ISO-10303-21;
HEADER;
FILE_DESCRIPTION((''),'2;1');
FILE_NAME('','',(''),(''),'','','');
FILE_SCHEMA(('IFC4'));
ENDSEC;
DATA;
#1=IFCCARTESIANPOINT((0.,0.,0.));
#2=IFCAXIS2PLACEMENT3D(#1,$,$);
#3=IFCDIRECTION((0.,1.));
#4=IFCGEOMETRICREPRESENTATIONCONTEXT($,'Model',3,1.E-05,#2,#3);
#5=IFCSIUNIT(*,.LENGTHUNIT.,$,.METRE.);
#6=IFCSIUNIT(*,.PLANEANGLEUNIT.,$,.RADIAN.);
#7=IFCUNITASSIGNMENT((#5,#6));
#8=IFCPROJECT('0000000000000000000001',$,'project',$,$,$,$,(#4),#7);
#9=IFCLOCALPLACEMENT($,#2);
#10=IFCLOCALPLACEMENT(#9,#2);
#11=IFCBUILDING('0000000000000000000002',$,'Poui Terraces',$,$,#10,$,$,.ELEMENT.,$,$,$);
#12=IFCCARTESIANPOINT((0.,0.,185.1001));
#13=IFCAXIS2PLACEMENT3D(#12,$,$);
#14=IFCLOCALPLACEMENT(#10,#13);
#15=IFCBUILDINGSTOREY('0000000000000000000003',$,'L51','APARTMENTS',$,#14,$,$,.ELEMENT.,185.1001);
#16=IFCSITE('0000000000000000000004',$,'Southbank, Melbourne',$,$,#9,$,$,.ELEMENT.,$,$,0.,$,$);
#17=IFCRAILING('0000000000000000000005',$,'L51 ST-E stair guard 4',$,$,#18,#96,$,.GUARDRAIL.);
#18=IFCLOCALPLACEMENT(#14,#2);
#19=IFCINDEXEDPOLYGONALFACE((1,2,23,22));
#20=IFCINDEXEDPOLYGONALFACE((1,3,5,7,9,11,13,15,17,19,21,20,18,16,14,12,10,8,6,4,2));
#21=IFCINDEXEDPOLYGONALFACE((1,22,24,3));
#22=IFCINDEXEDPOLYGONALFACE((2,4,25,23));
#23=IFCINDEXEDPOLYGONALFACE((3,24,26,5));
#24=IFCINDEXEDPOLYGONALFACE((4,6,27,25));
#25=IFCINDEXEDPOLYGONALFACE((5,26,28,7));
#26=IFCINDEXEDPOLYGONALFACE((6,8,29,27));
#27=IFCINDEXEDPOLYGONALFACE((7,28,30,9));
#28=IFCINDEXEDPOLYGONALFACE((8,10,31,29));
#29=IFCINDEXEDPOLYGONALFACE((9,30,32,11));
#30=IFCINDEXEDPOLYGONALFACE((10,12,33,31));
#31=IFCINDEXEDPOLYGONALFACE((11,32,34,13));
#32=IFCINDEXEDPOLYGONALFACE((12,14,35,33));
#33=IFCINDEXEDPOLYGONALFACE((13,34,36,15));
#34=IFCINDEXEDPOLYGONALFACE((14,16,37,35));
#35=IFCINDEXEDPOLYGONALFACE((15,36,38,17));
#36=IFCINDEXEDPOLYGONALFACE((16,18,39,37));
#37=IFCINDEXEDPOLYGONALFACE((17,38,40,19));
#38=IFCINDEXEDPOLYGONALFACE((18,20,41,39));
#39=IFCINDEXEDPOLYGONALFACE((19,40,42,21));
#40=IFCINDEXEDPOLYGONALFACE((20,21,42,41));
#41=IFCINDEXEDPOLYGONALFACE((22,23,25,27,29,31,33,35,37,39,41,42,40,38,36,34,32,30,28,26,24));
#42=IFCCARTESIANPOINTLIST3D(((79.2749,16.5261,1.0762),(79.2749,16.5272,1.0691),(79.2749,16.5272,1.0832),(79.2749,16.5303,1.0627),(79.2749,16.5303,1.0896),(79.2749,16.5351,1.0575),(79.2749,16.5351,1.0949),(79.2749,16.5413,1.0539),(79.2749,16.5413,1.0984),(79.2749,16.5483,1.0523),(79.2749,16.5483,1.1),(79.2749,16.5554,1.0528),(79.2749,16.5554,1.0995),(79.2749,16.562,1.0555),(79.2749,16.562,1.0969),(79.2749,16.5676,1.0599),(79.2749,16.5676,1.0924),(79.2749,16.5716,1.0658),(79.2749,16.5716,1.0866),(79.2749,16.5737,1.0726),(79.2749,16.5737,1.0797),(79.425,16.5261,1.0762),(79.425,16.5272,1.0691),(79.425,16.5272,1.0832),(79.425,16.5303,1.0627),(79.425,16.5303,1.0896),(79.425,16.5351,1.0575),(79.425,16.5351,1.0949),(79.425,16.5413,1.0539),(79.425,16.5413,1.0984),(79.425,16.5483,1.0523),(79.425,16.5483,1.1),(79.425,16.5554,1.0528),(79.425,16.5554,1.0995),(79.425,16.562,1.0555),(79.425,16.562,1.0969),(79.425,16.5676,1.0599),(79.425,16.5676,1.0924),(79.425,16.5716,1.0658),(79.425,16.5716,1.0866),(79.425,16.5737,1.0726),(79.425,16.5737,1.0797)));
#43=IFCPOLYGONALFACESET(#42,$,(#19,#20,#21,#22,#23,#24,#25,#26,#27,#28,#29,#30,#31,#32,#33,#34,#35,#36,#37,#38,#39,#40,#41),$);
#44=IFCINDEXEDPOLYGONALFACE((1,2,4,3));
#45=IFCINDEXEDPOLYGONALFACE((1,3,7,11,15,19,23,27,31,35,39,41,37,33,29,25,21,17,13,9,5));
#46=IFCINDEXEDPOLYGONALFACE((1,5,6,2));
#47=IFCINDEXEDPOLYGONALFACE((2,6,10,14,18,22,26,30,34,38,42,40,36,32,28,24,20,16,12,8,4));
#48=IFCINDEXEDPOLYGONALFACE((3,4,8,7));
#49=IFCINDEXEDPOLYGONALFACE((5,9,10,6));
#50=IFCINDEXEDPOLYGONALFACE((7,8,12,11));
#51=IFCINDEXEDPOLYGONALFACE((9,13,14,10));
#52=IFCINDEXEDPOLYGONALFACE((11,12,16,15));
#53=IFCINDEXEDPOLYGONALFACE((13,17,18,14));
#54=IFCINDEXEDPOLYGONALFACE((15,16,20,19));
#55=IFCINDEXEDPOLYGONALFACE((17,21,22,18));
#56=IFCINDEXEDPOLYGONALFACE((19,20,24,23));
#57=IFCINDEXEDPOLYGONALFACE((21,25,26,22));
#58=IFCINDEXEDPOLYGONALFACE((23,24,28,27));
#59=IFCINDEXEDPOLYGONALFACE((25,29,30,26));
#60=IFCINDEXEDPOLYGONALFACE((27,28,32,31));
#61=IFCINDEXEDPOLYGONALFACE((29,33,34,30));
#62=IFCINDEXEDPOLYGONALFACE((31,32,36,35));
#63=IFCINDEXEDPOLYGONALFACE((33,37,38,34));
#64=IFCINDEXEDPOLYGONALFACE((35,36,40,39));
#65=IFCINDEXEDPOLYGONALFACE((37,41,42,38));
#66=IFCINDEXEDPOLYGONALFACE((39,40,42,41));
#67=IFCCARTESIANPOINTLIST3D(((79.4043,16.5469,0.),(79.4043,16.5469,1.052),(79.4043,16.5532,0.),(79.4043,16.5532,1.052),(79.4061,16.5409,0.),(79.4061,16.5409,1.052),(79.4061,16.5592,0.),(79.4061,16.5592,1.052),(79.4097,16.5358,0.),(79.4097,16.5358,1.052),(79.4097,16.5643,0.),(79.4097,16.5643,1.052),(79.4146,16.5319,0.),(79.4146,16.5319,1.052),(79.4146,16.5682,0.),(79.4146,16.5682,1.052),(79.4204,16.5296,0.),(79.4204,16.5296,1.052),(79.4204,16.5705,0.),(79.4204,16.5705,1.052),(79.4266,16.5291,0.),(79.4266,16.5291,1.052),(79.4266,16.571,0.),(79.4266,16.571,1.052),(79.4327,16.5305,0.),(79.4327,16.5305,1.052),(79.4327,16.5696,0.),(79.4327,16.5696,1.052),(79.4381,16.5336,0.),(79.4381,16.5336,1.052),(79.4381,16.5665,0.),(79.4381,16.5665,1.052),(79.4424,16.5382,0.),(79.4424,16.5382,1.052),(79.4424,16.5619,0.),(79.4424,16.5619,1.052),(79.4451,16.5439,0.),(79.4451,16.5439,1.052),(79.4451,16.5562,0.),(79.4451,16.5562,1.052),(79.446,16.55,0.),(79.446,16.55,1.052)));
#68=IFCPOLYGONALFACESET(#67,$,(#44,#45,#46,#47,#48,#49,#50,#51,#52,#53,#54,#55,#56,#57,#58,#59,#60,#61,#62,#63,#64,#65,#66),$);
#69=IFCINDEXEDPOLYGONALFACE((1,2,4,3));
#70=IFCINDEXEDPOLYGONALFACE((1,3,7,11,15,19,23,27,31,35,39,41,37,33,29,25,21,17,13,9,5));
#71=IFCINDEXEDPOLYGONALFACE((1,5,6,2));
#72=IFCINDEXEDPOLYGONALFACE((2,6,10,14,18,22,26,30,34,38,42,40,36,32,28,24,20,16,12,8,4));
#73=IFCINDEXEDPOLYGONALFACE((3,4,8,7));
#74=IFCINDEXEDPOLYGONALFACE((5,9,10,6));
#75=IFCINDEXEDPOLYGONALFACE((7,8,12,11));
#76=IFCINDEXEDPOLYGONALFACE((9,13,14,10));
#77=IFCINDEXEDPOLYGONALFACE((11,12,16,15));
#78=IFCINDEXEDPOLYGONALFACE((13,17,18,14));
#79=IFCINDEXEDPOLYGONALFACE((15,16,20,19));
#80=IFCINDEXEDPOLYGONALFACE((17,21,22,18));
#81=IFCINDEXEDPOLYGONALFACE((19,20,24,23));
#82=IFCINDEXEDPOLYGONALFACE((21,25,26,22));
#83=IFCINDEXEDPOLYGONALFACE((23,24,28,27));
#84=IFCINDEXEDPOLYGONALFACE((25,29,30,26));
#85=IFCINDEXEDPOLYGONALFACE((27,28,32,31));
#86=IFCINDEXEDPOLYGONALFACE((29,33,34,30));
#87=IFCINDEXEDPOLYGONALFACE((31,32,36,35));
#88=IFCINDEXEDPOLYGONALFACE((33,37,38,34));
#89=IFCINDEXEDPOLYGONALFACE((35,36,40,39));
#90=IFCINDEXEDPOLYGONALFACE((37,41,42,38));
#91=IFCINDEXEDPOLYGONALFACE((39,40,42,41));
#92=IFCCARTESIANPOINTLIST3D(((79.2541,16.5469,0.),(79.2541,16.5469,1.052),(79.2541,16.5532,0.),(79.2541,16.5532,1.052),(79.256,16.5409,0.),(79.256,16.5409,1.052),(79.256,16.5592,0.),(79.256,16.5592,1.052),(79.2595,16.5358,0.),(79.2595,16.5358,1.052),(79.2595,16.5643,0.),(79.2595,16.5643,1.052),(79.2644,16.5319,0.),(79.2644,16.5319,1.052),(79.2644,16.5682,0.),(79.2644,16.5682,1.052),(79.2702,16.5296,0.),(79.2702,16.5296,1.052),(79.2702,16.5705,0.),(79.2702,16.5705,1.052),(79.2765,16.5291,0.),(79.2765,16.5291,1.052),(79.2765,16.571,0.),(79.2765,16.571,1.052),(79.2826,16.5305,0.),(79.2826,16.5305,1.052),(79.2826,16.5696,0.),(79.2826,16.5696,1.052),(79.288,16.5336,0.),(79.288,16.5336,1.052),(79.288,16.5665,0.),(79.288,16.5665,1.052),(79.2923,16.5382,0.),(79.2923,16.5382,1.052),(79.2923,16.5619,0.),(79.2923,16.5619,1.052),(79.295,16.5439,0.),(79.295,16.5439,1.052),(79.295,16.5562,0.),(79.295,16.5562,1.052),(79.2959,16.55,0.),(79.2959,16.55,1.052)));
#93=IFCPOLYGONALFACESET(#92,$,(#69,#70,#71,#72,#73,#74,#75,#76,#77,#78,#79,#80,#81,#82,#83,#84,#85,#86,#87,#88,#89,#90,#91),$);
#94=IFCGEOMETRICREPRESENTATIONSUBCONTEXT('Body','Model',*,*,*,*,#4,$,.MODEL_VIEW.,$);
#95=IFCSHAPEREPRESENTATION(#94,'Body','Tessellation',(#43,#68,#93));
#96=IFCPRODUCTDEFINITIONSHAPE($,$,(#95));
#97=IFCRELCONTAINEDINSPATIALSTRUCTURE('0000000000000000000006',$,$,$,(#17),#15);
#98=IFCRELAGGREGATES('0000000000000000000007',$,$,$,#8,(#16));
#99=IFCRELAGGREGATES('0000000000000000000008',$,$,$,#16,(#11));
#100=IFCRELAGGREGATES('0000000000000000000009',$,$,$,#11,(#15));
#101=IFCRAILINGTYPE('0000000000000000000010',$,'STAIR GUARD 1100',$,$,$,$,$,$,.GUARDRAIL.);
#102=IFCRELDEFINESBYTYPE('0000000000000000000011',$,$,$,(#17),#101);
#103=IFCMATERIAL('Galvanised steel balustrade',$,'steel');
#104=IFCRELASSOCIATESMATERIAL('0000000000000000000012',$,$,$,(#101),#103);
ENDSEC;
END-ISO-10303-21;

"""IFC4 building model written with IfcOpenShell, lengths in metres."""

from ifc_helpers import new_model, si_unit, direction, frame, origin, origin_2d, place, context, subcontext, project, spatial, circle, extrude, material, type_object, element, save


model = new_model("IFC4")

# Units and contexts
model_context = context("Model", 3, precision=1e-05, world=origin(), true_north=direction((0.0, 1.0)))
body_context = subcontext(model_context, "Body", "Model", "MODEL_VIEW")
ifc_project = project(units=[si_unit("LENGTHUNIT", "METRE"), si_unit("PLANEANGLEUNIT", "RADIAN")], contexts=[model_context])

# Site, building, storey
site_placement = place(None, origin())
site = spatial("IfcSite", under=ifc_project, at=site_placement, Name="Southbank, Melbourne", CompositionType="ELEMENT", RefElevation=0.0)
building_placement = place(site_placement, origin())
building = spatial("IfcBuilding", under=site, at=building_placement, Name="Poui Terraces", CompositionType="ELEMENT")
storey_placement = place(building_placement, frame((0.0, 0.0, 185.1001)))
storey = spatial("IfcBuildingStorey", under=building, at=storey_placement, Name="L51", Description="APARTMENTS", CompositionType="ELEMENT", Elevation=185.1001)

# Railing
ifc_material_1 = material(Name="Galvanised steel balustrade", Category="steel")
railing_type_1 = type_object("IfcRailingType", Name="STAIR GUARD 1100", PredefinedType="GUARDRAIL", material=ifc_material_1)
railing_1_placement = place(storey_placement, frame((79.425, 16.55, 0.0)))
element("IfcRailing", 1, at=railing_1_placement, inside=storey, type_object=railing_type_1, Name="L51 ST-E stair guard 4", PredefinedType="GUARDRAIL", context=body_context, shape_type="SweptSolid", body=[
    extrude(circle(Radius=0.0239, at=origin_2d()), frame((0.0, 0.0, 1.0762), z_axis=(-1.0, 0.0, 0.0), x_axis=(0.0, -1.0, 0.0)), (0.0, 0.0, 1.0), 0.1501),
    extrude(circle(Radius=0.021, at=origin_2d()), origin(), (0.0, 0.0, 1.0), 1.052),
    extrude(circle(Radius=0.021, at=origin_2d()), frame((-0.1501, 0.0, 0.0)), (0.0, 0.0, 1.0), 1.052),
])

save(model, "model.ifc")
